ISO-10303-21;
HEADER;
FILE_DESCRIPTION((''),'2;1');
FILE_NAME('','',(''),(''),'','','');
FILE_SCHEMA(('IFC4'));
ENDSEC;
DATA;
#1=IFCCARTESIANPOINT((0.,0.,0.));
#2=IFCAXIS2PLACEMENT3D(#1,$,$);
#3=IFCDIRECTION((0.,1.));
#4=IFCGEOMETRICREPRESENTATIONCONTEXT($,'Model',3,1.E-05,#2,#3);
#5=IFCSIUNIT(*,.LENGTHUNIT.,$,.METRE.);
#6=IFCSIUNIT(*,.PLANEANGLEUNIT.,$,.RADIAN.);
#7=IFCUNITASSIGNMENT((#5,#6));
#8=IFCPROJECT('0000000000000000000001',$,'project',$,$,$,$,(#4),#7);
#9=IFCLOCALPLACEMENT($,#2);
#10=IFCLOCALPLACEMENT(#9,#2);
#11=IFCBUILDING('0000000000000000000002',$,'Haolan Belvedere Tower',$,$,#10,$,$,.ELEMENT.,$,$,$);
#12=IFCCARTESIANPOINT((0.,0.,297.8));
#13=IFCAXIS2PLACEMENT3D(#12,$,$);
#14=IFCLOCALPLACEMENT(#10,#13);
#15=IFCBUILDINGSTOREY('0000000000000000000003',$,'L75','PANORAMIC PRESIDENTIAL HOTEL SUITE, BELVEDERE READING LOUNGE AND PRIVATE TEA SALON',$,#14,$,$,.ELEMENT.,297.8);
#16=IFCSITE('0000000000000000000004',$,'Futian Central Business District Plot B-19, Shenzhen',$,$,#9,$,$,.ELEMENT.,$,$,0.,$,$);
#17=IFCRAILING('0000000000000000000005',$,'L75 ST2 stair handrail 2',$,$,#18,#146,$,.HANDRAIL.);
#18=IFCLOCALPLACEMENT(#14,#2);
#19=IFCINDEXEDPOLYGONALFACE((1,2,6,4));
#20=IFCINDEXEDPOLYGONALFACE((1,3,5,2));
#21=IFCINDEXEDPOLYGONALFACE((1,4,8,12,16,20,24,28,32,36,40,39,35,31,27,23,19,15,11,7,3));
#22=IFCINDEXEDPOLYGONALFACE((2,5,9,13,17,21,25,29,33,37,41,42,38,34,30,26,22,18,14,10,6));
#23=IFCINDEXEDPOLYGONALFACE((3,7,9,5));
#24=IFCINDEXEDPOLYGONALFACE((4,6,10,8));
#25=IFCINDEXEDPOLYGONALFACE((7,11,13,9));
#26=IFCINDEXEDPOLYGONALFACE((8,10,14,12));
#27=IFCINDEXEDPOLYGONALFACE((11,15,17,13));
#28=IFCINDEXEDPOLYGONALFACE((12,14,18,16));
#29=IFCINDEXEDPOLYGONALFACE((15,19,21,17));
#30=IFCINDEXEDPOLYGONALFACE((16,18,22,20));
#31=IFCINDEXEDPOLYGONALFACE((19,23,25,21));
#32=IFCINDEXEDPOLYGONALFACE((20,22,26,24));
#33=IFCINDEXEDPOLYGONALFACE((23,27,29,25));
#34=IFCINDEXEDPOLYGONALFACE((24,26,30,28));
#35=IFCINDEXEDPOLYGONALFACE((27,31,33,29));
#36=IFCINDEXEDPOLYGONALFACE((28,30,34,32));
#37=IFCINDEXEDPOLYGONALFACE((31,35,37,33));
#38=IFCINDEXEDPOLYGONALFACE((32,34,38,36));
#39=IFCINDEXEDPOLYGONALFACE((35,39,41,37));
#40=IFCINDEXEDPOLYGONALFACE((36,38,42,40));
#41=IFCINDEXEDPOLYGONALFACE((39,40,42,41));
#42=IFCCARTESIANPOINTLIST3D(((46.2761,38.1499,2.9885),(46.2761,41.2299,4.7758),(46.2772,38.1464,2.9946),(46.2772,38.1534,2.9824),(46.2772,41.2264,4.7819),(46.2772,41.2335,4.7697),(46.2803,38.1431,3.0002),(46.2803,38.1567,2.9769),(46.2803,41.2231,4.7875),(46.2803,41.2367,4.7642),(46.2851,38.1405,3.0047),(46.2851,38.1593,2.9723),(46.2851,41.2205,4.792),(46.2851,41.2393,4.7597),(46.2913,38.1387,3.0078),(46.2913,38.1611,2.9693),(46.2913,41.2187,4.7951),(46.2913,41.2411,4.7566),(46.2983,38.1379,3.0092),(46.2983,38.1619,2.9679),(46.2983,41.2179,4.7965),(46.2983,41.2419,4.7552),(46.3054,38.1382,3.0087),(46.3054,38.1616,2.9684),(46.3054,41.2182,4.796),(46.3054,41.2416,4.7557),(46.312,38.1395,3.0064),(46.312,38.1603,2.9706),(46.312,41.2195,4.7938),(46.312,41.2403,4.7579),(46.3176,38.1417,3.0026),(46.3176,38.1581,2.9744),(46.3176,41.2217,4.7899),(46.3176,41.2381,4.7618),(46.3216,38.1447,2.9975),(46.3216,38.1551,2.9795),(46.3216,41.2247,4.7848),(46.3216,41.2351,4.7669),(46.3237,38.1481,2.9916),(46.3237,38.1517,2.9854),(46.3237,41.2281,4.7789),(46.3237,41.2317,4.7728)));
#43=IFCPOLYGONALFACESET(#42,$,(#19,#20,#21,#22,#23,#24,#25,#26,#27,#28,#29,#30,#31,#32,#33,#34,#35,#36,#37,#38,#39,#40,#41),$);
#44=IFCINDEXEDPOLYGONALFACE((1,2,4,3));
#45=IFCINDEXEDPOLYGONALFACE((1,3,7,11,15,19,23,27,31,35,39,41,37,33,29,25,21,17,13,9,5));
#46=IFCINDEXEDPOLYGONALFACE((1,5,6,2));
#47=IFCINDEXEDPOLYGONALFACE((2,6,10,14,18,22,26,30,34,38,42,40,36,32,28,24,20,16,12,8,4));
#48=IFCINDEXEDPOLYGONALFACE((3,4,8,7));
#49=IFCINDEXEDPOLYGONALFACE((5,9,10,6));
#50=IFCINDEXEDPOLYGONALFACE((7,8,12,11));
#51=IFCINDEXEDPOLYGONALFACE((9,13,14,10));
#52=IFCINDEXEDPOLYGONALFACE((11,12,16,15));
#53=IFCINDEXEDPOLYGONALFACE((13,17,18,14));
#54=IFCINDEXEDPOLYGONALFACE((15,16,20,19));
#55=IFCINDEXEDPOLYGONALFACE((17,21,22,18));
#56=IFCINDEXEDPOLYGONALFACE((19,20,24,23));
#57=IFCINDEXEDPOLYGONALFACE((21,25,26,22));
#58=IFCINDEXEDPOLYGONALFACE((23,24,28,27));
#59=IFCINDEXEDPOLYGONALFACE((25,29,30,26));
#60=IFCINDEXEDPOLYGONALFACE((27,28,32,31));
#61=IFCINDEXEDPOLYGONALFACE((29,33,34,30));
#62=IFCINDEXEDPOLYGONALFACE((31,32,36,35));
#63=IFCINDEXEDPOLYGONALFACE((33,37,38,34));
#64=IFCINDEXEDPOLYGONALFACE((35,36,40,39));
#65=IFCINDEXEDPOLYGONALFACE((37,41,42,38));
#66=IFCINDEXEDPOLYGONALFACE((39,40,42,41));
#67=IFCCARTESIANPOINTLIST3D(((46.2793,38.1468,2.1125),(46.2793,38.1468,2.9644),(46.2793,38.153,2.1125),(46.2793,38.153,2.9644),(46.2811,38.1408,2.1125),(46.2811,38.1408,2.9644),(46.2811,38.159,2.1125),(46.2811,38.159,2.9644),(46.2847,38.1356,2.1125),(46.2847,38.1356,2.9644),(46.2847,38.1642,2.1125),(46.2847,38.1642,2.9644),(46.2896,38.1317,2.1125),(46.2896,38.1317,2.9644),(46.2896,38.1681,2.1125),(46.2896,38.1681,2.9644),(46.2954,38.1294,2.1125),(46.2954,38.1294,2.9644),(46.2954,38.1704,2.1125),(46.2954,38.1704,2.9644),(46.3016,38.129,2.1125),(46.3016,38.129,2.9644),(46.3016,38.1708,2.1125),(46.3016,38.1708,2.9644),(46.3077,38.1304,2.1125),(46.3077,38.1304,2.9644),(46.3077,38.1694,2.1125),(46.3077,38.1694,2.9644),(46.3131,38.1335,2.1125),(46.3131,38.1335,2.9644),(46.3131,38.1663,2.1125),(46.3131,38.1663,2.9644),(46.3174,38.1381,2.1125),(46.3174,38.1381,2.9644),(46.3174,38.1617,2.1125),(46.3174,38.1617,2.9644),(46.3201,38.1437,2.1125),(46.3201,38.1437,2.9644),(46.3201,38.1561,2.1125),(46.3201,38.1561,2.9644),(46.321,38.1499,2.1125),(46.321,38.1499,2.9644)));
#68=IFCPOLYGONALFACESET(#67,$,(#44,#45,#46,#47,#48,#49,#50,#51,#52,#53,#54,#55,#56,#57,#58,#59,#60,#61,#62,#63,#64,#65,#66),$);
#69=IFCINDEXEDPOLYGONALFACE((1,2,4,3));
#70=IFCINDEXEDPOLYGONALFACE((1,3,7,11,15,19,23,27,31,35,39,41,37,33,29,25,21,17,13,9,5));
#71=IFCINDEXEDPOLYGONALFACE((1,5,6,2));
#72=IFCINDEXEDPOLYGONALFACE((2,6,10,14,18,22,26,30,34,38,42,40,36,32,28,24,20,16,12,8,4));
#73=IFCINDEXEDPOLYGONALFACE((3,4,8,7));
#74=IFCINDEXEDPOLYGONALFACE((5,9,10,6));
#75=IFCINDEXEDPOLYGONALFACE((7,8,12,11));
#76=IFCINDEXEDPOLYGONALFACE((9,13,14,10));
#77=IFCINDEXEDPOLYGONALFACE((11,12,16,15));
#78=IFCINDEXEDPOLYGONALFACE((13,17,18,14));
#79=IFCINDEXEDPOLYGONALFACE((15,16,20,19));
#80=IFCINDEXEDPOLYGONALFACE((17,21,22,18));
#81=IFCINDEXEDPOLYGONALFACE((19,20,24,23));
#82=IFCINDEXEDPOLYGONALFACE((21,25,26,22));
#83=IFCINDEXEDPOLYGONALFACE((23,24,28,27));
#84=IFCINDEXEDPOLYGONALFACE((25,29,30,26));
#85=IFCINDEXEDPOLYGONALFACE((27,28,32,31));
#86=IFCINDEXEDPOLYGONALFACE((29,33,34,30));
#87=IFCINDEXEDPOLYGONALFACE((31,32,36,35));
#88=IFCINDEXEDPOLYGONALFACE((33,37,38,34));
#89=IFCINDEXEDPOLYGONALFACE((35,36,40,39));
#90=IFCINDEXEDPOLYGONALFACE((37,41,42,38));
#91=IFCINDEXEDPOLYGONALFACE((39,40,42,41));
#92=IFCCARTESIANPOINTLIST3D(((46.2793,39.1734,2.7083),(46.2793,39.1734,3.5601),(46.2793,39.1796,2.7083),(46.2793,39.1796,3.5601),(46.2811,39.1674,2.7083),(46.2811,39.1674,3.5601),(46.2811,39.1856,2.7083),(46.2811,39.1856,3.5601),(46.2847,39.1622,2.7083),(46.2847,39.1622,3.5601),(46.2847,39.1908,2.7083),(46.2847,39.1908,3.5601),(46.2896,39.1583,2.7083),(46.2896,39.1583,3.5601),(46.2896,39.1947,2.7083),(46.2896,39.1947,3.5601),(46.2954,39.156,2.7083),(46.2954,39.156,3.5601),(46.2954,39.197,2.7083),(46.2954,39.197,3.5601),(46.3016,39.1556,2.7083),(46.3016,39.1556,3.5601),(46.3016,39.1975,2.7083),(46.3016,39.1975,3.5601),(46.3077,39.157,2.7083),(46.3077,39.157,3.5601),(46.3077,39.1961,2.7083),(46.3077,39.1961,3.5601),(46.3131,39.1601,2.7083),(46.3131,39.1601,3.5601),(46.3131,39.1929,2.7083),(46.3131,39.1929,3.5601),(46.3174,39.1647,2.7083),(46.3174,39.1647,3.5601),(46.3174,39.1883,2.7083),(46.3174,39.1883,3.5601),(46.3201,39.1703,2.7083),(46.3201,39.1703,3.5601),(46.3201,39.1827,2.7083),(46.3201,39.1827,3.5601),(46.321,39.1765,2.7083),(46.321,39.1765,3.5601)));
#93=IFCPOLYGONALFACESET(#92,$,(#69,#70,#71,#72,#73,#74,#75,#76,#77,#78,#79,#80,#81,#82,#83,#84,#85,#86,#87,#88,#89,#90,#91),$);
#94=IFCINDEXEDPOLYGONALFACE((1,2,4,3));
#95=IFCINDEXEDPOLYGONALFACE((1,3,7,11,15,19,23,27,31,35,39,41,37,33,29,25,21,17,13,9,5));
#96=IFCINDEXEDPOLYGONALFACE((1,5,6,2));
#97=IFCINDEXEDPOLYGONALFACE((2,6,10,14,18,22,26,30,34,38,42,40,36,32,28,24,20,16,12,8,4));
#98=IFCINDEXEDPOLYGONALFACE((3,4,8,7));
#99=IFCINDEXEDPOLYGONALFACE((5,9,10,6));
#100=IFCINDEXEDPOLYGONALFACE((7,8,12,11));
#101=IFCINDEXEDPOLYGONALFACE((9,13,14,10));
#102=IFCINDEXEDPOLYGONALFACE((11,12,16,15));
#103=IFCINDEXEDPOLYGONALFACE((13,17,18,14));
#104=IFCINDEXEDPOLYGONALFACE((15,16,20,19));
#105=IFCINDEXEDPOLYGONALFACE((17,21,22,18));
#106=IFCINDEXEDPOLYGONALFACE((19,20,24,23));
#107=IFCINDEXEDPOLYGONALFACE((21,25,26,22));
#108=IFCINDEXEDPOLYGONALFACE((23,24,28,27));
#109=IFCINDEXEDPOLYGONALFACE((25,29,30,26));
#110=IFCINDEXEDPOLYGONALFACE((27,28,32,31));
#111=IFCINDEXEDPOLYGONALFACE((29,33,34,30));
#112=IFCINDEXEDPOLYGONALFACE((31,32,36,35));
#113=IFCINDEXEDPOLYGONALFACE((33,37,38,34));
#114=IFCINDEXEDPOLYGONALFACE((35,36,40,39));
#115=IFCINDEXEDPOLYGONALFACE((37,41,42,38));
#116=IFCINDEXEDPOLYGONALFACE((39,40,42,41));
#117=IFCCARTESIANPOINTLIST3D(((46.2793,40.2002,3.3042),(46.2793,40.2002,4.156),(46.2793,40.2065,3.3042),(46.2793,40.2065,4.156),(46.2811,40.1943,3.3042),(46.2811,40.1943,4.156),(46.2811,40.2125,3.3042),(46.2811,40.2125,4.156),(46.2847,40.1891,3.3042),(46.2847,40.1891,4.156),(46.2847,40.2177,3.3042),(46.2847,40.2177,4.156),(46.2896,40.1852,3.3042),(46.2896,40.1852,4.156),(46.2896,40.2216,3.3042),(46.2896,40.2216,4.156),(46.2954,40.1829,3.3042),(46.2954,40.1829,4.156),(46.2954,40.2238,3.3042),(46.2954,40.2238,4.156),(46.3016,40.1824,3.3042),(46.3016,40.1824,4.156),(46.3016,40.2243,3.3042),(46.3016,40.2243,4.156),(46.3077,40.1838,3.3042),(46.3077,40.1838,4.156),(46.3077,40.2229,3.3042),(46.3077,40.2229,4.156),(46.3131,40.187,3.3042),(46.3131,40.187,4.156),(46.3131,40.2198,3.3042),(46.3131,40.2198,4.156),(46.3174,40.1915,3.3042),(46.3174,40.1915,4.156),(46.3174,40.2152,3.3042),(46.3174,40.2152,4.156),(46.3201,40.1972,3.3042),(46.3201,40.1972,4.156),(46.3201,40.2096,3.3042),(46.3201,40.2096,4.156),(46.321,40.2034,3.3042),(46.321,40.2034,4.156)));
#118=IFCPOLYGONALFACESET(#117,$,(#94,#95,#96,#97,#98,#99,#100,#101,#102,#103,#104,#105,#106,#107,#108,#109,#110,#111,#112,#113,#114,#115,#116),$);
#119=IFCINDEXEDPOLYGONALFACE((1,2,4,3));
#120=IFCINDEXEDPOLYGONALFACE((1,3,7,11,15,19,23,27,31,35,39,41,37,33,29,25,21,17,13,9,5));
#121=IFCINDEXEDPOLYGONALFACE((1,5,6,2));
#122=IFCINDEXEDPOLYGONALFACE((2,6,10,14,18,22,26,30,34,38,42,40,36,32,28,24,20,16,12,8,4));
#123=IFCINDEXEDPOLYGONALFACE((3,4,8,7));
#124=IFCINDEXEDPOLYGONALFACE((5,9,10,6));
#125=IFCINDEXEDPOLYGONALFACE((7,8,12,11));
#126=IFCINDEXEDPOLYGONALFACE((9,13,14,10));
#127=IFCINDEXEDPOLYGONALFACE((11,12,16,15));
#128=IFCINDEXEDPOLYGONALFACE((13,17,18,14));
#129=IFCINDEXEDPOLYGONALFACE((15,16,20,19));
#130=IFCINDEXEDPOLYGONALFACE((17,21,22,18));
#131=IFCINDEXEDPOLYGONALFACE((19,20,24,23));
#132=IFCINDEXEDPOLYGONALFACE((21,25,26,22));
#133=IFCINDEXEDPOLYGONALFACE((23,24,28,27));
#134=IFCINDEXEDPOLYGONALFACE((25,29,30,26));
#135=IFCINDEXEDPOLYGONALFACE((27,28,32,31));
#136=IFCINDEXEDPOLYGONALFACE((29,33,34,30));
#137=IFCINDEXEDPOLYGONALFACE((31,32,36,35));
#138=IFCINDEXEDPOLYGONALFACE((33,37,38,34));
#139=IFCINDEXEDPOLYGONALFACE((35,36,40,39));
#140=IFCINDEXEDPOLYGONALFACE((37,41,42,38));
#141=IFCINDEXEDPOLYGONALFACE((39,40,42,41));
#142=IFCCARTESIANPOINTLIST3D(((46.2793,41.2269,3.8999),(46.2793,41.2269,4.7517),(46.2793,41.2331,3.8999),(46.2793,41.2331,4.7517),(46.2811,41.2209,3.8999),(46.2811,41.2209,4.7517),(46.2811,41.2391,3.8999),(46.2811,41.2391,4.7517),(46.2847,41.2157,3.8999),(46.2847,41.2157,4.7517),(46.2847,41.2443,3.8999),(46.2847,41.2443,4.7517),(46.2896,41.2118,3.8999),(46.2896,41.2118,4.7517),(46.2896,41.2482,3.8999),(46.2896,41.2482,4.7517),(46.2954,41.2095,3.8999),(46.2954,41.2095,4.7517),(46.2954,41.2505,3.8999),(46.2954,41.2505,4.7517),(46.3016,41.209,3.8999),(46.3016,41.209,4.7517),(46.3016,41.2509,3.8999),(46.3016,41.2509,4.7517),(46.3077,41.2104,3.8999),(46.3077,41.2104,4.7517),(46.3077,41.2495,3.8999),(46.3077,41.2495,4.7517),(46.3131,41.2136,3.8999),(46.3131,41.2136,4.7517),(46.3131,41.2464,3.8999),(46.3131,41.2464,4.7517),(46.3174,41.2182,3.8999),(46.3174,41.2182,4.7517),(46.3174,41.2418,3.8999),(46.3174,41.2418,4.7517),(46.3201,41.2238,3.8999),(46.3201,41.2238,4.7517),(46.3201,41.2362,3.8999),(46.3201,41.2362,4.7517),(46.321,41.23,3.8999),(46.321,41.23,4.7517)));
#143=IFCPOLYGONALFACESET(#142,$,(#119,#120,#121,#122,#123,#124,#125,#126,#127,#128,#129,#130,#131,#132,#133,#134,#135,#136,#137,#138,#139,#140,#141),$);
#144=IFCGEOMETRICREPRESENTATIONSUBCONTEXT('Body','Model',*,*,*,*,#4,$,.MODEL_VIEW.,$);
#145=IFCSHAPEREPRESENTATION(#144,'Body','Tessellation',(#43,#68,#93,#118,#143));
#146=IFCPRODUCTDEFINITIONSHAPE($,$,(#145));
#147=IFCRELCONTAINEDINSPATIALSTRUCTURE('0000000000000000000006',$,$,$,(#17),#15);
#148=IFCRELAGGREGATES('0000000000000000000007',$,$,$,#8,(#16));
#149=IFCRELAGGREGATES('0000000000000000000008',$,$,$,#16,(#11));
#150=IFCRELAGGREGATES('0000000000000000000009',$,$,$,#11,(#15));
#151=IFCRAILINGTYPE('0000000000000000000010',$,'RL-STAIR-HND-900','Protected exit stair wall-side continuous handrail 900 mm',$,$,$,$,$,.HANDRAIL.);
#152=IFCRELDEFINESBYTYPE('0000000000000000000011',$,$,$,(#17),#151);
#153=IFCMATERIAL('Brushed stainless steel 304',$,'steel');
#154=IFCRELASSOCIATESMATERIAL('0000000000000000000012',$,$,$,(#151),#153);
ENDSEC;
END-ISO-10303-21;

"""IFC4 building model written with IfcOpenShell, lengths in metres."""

from ifc_helpers import new_model, si_unit, direction, frame, origin, origin_2d, place, context, subcontext, project, spatial, circle, extrude, material, type_object, element, save


model = new_model("IFC4")

# Units and contexts
model_context = context("Model", 3, precision=1e-05, world=origin(), true_north=direction((0.0, 1.0)))
body_context = subcontext(model_context, "Body", "Model", "MODEL_VIEW")
ifc_project = project(units=[si_unit("LENGTHUNIT", "METRE"), si_unit("PLANEANGLEUNIT", "RADIAN")], contexts=[model_context])

# Site, building, storey
site_placement = place(None, origin())
site = spatial("IfcSite", under=ifc_project, at=site_placement, Name="Futian Central Business District Plot B-19, Shenzhen", CompositionType="ELEMENT", RefElevation=0.0)
building_placement = place(site_placement, origin())
building = spatial("IfcBuilding", under=site, at=building_placement, Name="Haolan Belvedere Tower", CompositionType="ELEMENT")
storey_placement = place(building_placement, frame((0.0, 0.0, 297.8)))
storey = spatial("IfcBuildingStorey", under=building, at=storey_placement, Name="L75", Description="PANORAMIC PRESIDENTIAL HOTEL SUITE, BELVEDERE READING LOUNGE AND PRIVATE TEA SALON", CompositionType="ELEMENT", Elevation=297.8)

# Railing
ifc_material_1 = material(Name="Brushed stainless steel 304", Category="steel")
railing_type_1 = type_object("IfcRailingType", Name="RL-STAIR-HND-900", Description="Protected exit stair wall-side continuous handrail 900 mm", PredefinedType="HANDRAIL", material=ifc_material_1)
railing_1_placement = place(storey_placement, frame((46.3, 38.1499, 2.1125)))
element("IfcRailing", 1, at=railing_1_placement, inside=storey, type_object=railing_type_1, Name="L75 ST2 stair handrail 2", PredefinedType="HANDRAIL", context=body_context, shape_type="SweptSolid", body=[
    extrude(circle(Radius=0.0239, at=origin_2d()), frame((0.0, 0.0, 0.876), z_axis=(0.0, 0.86492, 0.501909), x_axis=(-1.0, 0.0, 0.0)), (0.0, 0.0, 1.0), 3.561),
    extrude(circle(Radius=0.021, at=origin_2d()), origin(), (0.0, 0.0, 1.0), 0.8518),
    extrude(circle(Radius=0.021, at=origin_2d()), frame((0.0, 1.0266, 0.5957)), (0.0, 0.0, 1.0), 0.8518),
    extrude(circle(Radius=0.021, at=origin_2d()), frame((0.0, 2.0535, 1.1917)), (0.0, 0.0, 1.0), 0.8518),
    extrude(circle(Radius=0.021, at=origin_2d()), frame((0.0, 3.0801, 1.7874)), (0.0, 0.0, 1.0), 0.8518),
])

save(model, "model.ifc")
